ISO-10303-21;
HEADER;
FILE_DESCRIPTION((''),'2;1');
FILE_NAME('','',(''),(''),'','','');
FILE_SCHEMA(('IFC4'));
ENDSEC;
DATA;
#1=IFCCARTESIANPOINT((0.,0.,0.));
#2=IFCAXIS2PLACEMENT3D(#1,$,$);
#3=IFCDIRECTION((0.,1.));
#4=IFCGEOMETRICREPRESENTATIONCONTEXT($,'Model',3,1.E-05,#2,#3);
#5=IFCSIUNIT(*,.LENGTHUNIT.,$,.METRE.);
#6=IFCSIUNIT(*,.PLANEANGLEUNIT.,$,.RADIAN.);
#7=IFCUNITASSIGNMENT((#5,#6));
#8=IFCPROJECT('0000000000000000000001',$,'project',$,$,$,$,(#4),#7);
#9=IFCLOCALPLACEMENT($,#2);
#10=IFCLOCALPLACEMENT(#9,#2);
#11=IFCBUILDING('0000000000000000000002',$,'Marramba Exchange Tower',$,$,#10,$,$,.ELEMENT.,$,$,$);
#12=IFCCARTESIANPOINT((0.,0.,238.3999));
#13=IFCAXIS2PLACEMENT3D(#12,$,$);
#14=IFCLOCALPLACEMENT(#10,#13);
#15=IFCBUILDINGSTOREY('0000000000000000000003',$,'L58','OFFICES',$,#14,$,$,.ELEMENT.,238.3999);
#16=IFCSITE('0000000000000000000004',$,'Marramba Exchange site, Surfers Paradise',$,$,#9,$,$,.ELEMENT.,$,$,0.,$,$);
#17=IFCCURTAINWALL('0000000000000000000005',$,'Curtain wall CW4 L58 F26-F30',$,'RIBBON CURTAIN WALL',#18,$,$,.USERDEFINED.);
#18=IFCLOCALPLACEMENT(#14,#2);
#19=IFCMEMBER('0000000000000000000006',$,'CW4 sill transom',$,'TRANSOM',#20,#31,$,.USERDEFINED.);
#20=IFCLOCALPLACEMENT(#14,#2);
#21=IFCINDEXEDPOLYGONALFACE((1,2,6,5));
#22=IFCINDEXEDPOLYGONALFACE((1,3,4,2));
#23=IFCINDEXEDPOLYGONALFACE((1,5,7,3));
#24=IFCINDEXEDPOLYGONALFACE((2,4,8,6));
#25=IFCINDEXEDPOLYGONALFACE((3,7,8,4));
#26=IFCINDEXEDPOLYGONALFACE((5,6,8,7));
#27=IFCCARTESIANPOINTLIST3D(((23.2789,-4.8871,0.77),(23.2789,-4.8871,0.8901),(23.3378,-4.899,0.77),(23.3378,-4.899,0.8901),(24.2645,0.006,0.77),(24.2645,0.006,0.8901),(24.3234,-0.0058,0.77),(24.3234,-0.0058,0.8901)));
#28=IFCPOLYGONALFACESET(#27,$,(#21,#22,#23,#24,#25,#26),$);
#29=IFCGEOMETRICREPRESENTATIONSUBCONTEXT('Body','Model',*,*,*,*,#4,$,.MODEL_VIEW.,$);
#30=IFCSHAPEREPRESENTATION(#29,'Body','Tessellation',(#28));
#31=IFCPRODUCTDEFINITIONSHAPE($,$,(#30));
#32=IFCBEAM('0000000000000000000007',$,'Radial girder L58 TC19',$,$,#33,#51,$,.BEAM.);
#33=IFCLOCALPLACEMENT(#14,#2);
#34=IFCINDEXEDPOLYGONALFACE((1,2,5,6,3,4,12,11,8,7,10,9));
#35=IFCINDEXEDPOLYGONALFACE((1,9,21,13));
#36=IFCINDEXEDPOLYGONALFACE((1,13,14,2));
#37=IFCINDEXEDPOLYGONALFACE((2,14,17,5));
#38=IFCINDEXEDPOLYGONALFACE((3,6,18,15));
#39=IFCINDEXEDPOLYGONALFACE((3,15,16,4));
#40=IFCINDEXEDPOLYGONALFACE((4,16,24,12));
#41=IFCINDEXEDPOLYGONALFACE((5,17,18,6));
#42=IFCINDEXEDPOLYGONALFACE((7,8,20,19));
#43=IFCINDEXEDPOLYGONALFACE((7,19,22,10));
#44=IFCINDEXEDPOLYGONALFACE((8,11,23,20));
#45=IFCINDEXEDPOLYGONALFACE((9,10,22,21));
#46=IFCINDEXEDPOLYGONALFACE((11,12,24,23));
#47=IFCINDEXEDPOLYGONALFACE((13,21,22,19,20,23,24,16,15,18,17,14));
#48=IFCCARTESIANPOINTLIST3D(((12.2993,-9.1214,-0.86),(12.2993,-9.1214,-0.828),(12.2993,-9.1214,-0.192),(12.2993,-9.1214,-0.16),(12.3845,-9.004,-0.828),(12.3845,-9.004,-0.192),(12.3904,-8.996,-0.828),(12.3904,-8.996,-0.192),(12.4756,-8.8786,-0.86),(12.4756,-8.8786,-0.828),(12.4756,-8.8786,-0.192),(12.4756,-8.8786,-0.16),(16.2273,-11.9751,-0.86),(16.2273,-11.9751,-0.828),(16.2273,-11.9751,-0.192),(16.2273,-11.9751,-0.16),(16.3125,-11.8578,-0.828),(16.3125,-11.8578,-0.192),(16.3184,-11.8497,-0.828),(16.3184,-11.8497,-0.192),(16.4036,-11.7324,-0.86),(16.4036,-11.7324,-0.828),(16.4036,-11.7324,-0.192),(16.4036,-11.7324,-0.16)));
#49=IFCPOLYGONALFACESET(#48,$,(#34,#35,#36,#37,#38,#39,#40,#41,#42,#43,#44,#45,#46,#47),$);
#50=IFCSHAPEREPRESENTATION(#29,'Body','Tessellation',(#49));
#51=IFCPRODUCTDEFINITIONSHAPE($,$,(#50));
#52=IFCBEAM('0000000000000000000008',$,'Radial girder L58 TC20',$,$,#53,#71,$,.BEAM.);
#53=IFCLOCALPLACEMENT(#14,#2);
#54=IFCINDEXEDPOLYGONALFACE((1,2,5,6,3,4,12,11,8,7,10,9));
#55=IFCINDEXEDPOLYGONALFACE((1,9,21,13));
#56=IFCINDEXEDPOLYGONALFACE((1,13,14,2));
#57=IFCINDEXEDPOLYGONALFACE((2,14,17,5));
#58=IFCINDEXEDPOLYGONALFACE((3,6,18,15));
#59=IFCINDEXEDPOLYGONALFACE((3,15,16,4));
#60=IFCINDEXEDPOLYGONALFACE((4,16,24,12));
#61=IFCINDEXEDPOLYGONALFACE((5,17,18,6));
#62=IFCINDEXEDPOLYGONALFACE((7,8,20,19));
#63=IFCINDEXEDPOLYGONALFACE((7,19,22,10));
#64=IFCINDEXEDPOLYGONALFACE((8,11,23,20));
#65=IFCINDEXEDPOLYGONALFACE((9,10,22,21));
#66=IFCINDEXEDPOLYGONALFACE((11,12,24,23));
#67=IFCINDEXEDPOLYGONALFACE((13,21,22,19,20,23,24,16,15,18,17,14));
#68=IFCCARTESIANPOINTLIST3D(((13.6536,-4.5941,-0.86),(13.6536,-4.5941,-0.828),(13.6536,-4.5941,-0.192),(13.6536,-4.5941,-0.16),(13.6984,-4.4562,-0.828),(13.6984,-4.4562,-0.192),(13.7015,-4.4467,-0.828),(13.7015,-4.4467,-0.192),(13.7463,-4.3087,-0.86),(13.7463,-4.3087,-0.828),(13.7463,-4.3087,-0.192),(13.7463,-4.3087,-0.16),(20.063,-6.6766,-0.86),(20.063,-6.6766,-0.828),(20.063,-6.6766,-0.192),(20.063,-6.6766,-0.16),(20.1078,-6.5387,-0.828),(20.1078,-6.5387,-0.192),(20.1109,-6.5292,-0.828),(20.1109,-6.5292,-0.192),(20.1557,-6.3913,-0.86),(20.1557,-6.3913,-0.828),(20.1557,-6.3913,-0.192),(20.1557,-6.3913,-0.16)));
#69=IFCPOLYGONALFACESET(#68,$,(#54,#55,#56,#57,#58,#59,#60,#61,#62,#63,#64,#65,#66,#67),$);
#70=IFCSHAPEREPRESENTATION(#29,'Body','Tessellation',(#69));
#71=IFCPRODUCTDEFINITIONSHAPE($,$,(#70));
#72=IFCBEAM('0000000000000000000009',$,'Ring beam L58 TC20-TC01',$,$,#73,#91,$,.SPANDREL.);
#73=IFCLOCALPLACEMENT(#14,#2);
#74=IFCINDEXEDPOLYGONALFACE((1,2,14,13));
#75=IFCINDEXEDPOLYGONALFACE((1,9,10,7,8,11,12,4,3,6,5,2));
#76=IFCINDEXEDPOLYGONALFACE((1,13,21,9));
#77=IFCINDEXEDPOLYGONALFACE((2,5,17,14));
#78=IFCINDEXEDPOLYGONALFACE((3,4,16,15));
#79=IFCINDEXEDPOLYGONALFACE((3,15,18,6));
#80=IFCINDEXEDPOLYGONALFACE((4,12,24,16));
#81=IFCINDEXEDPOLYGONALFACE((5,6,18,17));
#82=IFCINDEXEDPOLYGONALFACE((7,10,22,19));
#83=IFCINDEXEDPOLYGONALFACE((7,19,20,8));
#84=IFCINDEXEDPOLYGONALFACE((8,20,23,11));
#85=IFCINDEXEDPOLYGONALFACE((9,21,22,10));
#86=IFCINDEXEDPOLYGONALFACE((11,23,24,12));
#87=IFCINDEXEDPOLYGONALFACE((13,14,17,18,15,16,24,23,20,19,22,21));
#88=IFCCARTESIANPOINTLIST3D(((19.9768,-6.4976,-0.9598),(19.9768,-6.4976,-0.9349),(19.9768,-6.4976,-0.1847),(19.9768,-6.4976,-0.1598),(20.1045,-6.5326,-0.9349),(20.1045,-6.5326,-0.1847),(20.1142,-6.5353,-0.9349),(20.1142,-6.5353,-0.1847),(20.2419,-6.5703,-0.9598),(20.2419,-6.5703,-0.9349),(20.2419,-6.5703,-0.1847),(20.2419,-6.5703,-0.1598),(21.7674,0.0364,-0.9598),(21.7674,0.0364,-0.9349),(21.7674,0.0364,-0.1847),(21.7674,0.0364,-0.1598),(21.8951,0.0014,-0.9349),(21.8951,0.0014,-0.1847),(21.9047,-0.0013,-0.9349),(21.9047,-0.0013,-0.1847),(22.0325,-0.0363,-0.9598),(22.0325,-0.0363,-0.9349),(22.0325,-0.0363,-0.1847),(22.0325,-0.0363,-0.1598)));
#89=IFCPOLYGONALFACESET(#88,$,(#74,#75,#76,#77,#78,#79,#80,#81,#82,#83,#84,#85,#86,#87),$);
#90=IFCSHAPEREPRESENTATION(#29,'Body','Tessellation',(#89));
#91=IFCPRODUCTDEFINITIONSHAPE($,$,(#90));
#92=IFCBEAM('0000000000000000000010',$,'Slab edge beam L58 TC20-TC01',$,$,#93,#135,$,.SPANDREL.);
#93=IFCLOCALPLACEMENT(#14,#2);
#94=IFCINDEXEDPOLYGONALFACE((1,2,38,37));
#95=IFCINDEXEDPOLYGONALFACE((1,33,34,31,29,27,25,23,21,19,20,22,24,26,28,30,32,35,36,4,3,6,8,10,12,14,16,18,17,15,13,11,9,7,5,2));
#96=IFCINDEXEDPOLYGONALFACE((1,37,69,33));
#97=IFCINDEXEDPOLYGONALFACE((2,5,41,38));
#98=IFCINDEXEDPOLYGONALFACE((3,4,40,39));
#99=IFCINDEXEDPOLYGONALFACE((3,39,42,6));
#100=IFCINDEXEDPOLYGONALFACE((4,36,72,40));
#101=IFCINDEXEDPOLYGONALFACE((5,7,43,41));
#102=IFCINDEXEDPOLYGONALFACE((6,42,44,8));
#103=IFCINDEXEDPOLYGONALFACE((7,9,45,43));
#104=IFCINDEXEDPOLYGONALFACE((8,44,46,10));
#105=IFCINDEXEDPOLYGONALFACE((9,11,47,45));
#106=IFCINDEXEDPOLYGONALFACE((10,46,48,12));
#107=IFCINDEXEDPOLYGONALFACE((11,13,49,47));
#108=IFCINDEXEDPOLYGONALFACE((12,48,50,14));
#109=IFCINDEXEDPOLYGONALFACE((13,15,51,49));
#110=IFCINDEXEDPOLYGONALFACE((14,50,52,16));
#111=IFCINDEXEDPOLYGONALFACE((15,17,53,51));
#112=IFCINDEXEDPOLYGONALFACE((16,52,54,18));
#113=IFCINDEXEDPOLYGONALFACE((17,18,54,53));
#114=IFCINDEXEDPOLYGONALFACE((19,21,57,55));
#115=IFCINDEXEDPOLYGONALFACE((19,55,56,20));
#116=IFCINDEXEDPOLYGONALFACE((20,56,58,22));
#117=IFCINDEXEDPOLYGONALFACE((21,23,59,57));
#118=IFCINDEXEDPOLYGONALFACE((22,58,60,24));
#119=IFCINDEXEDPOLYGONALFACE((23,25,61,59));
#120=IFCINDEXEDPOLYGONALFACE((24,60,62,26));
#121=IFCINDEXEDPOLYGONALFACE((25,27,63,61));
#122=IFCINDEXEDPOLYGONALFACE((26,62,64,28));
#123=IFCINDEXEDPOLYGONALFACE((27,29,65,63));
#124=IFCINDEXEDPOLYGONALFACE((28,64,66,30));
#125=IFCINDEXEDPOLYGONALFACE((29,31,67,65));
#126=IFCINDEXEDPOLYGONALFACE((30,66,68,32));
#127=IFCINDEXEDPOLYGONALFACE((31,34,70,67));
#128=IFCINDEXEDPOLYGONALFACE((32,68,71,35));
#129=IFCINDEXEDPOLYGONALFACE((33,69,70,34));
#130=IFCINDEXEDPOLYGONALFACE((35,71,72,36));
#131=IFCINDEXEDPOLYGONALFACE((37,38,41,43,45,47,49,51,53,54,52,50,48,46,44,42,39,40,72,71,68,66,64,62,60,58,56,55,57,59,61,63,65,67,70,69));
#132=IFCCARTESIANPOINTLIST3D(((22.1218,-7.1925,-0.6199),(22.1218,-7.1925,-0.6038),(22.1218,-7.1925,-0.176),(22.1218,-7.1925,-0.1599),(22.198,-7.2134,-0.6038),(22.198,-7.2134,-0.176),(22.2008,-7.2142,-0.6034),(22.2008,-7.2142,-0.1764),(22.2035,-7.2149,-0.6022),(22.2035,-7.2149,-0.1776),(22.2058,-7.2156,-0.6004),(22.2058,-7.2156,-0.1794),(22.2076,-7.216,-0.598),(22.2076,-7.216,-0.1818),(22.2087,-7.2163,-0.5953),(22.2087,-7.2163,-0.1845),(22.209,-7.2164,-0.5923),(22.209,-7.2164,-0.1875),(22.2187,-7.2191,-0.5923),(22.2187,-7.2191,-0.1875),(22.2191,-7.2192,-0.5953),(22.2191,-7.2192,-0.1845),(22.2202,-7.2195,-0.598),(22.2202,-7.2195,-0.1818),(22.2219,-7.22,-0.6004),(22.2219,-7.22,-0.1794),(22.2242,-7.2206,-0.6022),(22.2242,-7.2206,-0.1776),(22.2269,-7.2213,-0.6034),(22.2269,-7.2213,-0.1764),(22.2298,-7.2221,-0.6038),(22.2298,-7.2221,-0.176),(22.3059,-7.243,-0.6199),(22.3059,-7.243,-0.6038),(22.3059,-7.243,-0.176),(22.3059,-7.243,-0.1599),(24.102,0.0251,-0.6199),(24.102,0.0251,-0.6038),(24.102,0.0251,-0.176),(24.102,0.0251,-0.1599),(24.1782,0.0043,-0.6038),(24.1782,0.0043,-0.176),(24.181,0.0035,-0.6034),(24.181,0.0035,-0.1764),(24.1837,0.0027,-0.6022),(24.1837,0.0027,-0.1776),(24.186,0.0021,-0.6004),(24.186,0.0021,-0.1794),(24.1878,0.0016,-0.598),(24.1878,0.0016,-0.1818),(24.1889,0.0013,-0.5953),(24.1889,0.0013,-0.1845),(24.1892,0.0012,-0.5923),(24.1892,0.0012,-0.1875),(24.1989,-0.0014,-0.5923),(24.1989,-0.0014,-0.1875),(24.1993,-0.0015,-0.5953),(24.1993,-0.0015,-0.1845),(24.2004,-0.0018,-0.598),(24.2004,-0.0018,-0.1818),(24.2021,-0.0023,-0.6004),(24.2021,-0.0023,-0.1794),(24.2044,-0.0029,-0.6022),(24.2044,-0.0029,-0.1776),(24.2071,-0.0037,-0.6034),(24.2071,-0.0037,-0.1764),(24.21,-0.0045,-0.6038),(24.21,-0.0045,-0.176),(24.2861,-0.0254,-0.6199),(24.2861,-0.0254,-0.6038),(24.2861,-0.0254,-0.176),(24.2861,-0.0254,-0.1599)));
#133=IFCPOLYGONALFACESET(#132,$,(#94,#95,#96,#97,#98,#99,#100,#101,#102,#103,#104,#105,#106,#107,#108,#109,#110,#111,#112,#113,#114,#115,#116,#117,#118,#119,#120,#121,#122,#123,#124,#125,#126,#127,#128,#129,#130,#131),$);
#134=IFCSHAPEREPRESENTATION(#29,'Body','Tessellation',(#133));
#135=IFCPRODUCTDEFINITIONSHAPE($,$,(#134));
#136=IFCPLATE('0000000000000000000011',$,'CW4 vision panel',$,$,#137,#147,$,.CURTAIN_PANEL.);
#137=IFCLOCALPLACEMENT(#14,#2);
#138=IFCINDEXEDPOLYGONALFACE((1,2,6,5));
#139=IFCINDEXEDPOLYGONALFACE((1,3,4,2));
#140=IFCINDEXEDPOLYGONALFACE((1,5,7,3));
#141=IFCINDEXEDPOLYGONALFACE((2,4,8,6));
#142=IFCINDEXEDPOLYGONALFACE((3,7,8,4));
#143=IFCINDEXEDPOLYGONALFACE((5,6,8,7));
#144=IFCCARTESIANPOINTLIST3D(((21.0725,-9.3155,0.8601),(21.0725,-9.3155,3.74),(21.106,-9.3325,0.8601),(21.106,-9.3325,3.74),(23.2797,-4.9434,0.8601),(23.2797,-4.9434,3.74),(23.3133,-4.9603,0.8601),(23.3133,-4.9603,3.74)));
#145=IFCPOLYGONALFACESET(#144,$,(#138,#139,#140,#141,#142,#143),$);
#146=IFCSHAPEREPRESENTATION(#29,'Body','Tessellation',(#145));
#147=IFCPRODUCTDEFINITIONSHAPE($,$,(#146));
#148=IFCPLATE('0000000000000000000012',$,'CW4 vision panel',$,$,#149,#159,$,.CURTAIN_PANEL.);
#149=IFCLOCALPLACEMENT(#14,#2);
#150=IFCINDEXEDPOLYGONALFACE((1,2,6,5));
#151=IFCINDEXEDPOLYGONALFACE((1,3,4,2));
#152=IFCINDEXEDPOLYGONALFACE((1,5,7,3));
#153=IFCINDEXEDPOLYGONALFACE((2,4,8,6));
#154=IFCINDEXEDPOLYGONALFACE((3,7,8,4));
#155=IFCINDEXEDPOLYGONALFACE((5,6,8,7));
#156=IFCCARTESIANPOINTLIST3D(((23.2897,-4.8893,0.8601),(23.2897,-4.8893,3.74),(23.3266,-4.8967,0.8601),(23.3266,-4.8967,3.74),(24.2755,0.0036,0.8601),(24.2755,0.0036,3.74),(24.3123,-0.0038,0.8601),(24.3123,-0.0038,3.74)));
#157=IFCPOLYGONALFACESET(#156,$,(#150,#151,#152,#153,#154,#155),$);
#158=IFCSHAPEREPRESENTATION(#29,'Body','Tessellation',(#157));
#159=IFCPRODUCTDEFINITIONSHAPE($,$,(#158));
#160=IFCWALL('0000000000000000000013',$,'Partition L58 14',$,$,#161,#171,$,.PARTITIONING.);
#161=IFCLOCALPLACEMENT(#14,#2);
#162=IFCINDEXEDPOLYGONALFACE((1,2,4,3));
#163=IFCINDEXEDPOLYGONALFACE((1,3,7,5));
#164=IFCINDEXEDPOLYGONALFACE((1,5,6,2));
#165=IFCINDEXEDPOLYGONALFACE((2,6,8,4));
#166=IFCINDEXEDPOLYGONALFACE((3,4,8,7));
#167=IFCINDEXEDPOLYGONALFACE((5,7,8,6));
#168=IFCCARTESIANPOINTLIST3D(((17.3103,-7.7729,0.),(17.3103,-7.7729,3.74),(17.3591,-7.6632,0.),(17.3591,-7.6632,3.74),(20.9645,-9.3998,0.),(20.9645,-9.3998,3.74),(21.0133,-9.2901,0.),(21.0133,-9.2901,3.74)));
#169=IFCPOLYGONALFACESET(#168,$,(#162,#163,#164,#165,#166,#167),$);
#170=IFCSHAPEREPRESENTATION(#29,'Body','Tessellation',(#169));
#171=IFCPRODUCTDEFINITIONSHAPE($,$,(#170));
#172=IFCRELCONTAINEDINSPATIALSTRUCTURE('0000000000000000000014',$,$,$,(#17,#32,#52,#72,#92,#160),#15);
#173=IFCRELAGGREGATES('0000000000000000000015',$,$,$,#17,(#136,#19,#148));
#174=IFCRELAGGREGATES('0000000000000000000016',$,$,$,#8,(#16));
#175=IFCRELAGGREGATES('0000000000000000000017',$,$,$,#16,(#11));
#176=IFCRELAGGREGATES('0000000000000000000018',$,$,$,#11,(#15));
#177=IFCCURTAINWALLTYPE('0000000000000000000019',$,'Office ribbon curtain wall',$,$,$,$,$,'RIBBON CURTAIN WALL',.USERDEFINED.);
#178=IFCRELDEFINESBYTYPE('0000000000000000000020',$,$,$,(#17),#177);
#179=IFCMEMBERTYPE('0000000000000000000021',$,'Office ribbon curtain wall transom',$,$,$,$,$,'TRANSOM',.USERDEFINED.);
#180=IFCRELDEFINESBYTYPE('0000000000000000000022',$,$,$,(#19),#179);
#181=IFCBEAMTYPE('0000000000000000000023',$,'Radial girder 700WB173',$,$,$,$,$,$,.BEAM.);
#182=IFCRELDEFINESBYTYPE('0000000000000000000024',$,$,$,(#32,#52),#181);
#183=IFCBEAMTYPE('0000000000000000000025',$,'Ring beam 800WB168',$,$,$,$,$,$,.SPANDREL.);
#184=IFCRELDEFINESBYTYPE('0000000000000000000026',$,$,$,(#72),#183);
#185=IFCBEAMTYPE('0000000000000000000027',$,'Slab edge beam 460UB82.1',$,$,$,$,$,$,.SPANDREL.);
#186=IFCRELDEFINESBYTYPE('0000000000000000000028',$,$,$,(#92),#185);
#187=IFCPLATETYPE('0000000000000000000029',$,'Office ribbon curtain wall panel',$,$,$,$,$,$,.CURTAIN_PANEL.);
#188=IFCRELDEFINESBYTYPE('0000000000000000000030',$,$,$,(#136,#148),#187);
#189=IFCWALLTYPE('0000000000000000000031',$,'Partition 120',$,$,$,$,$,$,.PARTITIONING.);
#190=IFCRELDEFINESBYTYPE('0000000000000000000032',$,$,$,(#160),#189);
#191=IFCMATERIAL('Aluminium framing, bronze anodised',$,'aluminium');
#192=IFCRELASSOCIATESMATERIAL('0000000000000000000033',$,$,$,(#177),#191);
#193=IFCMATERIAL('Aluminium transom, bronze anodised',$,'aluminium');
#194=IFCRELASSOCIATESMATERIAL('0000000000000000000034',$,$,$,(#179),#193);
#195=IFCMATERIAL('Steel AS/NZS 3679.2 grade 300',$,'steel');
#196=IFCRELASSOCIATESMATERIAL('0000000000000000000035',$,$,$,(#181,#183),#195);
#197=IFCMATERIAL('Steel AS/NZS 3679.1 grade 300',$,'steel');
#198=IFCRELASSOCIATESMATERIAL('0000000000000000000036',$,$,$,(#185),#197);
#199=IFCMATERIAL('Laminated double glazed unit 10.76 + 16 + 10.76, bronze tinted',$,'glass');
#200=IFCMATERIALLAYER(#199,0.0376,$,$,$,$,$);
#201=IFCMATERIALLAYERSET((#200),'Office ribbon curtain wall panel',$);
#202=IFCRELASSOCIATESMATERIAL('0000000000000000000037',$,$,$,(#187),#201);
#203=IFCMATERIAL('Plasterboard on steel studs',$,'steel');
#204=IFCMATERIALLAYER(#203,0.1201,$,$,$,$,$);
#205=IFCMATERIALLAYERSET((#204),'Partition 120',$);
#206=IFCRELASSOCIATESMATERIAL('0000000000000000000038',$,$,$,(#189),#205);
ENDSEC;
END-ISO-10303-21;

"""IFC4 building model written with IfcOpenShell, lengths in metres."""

from ifc_helpers import new_model, si_unit, direction, frame, frame_2d, origin, origin_2d, place, context, subcontext, project, spatial, rectangle, i_section, extrude, material, layer, layer_set, material_profile, profile_set, type_object, element, aggregate, save


model = new_model("IFC4")

# Units and contexts
model_context = context("Model", 3, precision=1e-05, world=origin(), true_north=direction((0.0, 1.0)))
body_context = subcontext(model_context, "Body", "Model", "MODEL_VIEW")
ifc_project = project(units=[si_unit("LENGTHUNIT", "METRE"), si_unit("PLANEANGLEUNIT", "RADIAN")], contexts=[model_context])

# Site, building, storey
site_placement = place(None, origin())
site = spatial("IfcSite", under=ifc_project, at=site_placement, Name="Marramba Exchange site, Surfers Paradise", CompositionType="ELEMENT", RefElevation=0.0)
building_placement = place(site_placement, origin())
building = spatial("IfcBuilding", under=site, at=building_placement, Name="Marramba Exchange Tower", CompositionType="ELEMENT")
storey_placement = place(building_placement, frame((0.0, 0.0, 238.3999)))
storey = spatial("IfcBuildingStorey", under=building, at=storey_placement, Name="L58", Description="OFFICES", CompositionType="ELEMENT", Elevation=238.3999)

# Shared definitions
ifc_material_1 = material(Name="Steel AS/NZS 3679.2 grade 300", Category="steel")
ifc_material_2 = material(Name="Steel AS/NZS 3679.1 grade 300", Category="steel")

# Curtain wall, member
ifc_material_3 = material(Name="Aluminium framing, bronze anodised", Category="aluminium")
curtain_wall_type = type_object("IfcCurtainWallType", Name="Office ribbon curtain wall", ElementType="RIBBON CURTAIN WALL", PredefinedType="USERDEFINED", material=ifc_material_3)
curtain_wall_placement = place(storey_placement, origin())
curtain_wall = element("IfcCurtainWall", 1, at=curtain_wall_placement, inside=storey, type_object=curtain_wall_type, Name="Curtain wall CW4 L58 F26-F30", ObjectType="RIBBON CURTAIN WALL", PredefinedType="USERDEFINED")
ifc_material_4 = material(Name="Aluminium transom, bronze anodised", Category="aluminium")
ifc_material_profile_1 = material_profile(ifc_material_4, rectangle(XDim=0.0601, YDim=0.1201, at=origin_2d()), Name="CW4 transom 60x120")
ifc_profile_set_1 = profile_set([ifc_material_profile_1], Name="Aluminium transom, bronze anodised")
member_type_1 = type_object("IfcMemberType", Name="Office ribbon curtain wall transom", ElementType="TRANSOM", PredefinedType="USERDEFINED", material=ifc_profile_set_1)
member_1_placement = place(storey_placement, frame((23.3083, -4.8931, 0.8301), z_axis=(0.197461, 0.980311, 0.0), x_axis=(-0.980311, 0.197461, 0.0)))
member_1 = element("IfcMember", 2, at=member_1_placement, type_object=member_type_1, Name="CW4 sill transom", ObjectType="TRANSOM", PredefinedType="USERDEFINED", context=body_context, shape_type="SweptSolid", body=[
    extrude(rectangle(XDim=0.0601, YDim=0.1201, at=origin_2d()), origin(), (0.0, 0.0, 1.0), 4.9915),
])

# Beams
ifc_material_profile_2 = material_profile(ifc_material_1, i_section(OverallWidth=0.3, OverallDepth=0.7, WebThickness=0.01, FlangeThickness=0.032, at=origin_2d()), Name="700WB173")
ifc_profile_set_2 = profile_set([ifc_material_profile_2], Name="Steel AS/NZS 3679.2 grade 300")
beam_type_1 = type_object("IfcBeamType", Name="Radial girder 700WB173", PredefinedType="BEAM", material=ifc_profile_set_2)
beam_1_placement = place(storey_placement, frame((12.3875, -9.0, -0.51), z_axis=(0.809025, -0.587774, 0.0), x_axis=(0.587774, 0.809025, 0.0)))
element("IfcBeam", 3, at=beam_1_placement, inside=storey, type_object=beam_type_1, Name="Radial girder L58 TC19", PredefinedType="BEAM", context=body_context, shape_type="SweptSolid", body=[
    extrude(i_section(OverallWidth=0.3, OverallDepth=0.7, WebThickness=0.01, FlangeThickness=0.032, at=origin_2d()), origin(), (0.0, 0.0, 1.0), 4.8552),
])
beam_2_placement = place(storey_placement, frame((13.7, -4.4514, -0.51), z_axis=(0.951058, -0.309013, 0.0), x_axis=(0.309013, 0.951058, 0.0)))
element("IfcBeam", 4, at=beam_2_placement, inside=storey, type_object=beam_type_1, Name="Radial girder L58 TC20", PredefinedType="BEAM", context=body_context, shape_type="SweptSolid", body=[
    extrude(i_section(OverallWidth=0.3, OverallDepth=0.7, WebThickness=0.01, FlangeThickness=0.032, at=origin_2d()), origin(), (0.0, 0.0, 1.0), 6.7393),
])
ifc_material_profile_3 = material_profile(ifc_material_1, i_section(OverallWidth=0.2749, OverallDepth=0.8, WebThickness=0.01, FlangeThickness=0.0249, at=origin_2d()), Name="800WB168")
ifc_profile_set_3 = profile_set([ifc_material_profile_3], Name="Steel AS/NZS 3679.2 grade 300")
beam_type_2 = type_object("IfcBeamType", Name="Ring beam 800WB168", PredefinedType="SPANDREL", material=ifc_profile_set_3)
beam_3_placement = place(storey_placement, frame((20.1094, -6.5339, -0.5598), z_axis=(0.264291, 0.964443, 0.0), x_axis=(-0.964443, 0.264291, 0.0)))
element("IfcBeam", 5, at=beam_3_placement, inside=storey, type_object=beam_type_2, Name="Ring beam L58 TC20-TC01", PredefinedType="SPANDREL", context=body_context, shape_type="SweptSolid", body=[
    extrude(i_section(OverallWidth=0.2749, OverallDepth=0.8, WebThickness=0.01, FlangeThickness=0.0249, at=origin_2d()), origin(), (0.0, 0.0, 1.0), 6.7749),
])
ifc_material_profile_4 = material_profile(ifc_material_2, i_section(OverallWidth=0.1909, OverallDepth=0.46, WebThickness=0.01, FlangeThickness=0.0161, FilletRadius=0.0115, at=origin_2d()), Name="460UB82.1")
ifc_profile_set_4 = profile_set([ifc_material_profile_4], Name="Steel AS/NZS 3679.1 grade 300")
beam_type_3 = type_object("IfcBeamType", Name="Slab edge beam 460UB82.1", PredefinedType="SPANDREL", material=ifc_profile_set_4)
beam_4_placement = place(storey_placement, frame((22.2139, -7.2178, -0.3899), z_axis=(0.264577, 0.964365, 0.0), x_axis=(-0.964365, 0.264577, 0.0)))
element("IfcBeam", 6, at=beam_4_placement, inside=storey, type_object=beam_type_3, Name="Slab edge beam L58 TC20-TC01", PredefinedType="SPANDREL", context=body_context, shape_type="SweptSolid", body=[
    extrude(i_section(OverallWidth=0.1909, OverallDepth=0.46, WebThickness=0.01, FlangeThickness=0.0161, FilletRadius=0.0115, at=origin_2d()), origin(), (0.0, 0.0, 1.0), 7.4844),
])

# Plates
ifc_material_5 = material(Name="Laminated double glazed unit 10.76 + 16 + 10.76, bronze tinted", Category="glass")
ifc_layer_1 = layer(ifc_material_5, 0.0376)
ifc_layer_set_1 = layer_set([ifc_layer_1], Name="Office ribbon curtain wall panel")
plate_type = type_object("IfcPlateType", Name="Office ribbon curtain wall panel", PredefinedType="CURTAIN_PANEL", material=ifc_layer_set_1)
plate_1_placement = place(storey_placement, frame((22.1929, -7.1379, 0.8601), z_axis=(0.0, 0.0, 1.0), x_axis=(0.450673, 0.892689, 0.0)))
plate_1 = element("IfcPlate", 7, at=plate_1_placement, type_object=plate_type, Name="CW4 vision panel", PredefinedType="CURTAIN_PANEL", context=body_context, shape_type="SweptSolid", body=[
    extrude(rectangle(XDim=4.8977, YDim=0.0376, at=origin_2d()), origin(), (0.0, 0.0, 1.0), 2.8799),
])
plate_2_placement = place(storey_placement, frame((23.801, -2.4465, 0.8601), z_axis=(0.0, 0.0, 1.0), x_axis=(0.197495, 0.980304, 0.0)))
plate_2 = element("IfcPlate", 8, at=plate_2_placement, type_object=plate_type, Name="CW4 vision panel", PredefinedType="CURTAIN_PANEL", context=body_context, shape_type="SweptSolid", body=[
    extrude(rectangle(XDim=4.9912, YDim=0.0376, at=origin_2d()), origin(), (0.0, 0.0, 1.0), 2.8799),
])
aggregate(curtain_wall, [plate_1, member_1, plate_2])

# Wall
ifc_material_6 = material(Name="Plasterboard on steel studs", Category="steel")
ifc_layer_2 = layer(ifc_material_6, 0.1201)
ifc_layer_set_2 = layer_set([ifc_layer_2], Name="Partition 120")
wall_type_1 = type_object("IfcWallType", Name="Partition 120", PredefinedType="PARTITIONING", material=ifc_layer_set_2)
wall_1_placement = place(storey_placement, frame((17.3347, -7.718, 0.0), z_axis=(0.0, 0.0, 1.0), x_axis=(0.91355, -0.406727, 0.0)))
element("IfcWall", 9, at=wall_1_placement, inside=storey, type_object=wall_type_1, Name="Partition L58 14", PredefinedType="PARTITIONING", context=body_context, shape_type="SweptSolid", body=[
    extrude(rectangle(XDim=4.0, YDim=0.1201, at=frame_2d((2.0, 0.0))), origin(), (0.0, 0.0, 1.0), 3.74),
])

save(model, "model.ifc")
